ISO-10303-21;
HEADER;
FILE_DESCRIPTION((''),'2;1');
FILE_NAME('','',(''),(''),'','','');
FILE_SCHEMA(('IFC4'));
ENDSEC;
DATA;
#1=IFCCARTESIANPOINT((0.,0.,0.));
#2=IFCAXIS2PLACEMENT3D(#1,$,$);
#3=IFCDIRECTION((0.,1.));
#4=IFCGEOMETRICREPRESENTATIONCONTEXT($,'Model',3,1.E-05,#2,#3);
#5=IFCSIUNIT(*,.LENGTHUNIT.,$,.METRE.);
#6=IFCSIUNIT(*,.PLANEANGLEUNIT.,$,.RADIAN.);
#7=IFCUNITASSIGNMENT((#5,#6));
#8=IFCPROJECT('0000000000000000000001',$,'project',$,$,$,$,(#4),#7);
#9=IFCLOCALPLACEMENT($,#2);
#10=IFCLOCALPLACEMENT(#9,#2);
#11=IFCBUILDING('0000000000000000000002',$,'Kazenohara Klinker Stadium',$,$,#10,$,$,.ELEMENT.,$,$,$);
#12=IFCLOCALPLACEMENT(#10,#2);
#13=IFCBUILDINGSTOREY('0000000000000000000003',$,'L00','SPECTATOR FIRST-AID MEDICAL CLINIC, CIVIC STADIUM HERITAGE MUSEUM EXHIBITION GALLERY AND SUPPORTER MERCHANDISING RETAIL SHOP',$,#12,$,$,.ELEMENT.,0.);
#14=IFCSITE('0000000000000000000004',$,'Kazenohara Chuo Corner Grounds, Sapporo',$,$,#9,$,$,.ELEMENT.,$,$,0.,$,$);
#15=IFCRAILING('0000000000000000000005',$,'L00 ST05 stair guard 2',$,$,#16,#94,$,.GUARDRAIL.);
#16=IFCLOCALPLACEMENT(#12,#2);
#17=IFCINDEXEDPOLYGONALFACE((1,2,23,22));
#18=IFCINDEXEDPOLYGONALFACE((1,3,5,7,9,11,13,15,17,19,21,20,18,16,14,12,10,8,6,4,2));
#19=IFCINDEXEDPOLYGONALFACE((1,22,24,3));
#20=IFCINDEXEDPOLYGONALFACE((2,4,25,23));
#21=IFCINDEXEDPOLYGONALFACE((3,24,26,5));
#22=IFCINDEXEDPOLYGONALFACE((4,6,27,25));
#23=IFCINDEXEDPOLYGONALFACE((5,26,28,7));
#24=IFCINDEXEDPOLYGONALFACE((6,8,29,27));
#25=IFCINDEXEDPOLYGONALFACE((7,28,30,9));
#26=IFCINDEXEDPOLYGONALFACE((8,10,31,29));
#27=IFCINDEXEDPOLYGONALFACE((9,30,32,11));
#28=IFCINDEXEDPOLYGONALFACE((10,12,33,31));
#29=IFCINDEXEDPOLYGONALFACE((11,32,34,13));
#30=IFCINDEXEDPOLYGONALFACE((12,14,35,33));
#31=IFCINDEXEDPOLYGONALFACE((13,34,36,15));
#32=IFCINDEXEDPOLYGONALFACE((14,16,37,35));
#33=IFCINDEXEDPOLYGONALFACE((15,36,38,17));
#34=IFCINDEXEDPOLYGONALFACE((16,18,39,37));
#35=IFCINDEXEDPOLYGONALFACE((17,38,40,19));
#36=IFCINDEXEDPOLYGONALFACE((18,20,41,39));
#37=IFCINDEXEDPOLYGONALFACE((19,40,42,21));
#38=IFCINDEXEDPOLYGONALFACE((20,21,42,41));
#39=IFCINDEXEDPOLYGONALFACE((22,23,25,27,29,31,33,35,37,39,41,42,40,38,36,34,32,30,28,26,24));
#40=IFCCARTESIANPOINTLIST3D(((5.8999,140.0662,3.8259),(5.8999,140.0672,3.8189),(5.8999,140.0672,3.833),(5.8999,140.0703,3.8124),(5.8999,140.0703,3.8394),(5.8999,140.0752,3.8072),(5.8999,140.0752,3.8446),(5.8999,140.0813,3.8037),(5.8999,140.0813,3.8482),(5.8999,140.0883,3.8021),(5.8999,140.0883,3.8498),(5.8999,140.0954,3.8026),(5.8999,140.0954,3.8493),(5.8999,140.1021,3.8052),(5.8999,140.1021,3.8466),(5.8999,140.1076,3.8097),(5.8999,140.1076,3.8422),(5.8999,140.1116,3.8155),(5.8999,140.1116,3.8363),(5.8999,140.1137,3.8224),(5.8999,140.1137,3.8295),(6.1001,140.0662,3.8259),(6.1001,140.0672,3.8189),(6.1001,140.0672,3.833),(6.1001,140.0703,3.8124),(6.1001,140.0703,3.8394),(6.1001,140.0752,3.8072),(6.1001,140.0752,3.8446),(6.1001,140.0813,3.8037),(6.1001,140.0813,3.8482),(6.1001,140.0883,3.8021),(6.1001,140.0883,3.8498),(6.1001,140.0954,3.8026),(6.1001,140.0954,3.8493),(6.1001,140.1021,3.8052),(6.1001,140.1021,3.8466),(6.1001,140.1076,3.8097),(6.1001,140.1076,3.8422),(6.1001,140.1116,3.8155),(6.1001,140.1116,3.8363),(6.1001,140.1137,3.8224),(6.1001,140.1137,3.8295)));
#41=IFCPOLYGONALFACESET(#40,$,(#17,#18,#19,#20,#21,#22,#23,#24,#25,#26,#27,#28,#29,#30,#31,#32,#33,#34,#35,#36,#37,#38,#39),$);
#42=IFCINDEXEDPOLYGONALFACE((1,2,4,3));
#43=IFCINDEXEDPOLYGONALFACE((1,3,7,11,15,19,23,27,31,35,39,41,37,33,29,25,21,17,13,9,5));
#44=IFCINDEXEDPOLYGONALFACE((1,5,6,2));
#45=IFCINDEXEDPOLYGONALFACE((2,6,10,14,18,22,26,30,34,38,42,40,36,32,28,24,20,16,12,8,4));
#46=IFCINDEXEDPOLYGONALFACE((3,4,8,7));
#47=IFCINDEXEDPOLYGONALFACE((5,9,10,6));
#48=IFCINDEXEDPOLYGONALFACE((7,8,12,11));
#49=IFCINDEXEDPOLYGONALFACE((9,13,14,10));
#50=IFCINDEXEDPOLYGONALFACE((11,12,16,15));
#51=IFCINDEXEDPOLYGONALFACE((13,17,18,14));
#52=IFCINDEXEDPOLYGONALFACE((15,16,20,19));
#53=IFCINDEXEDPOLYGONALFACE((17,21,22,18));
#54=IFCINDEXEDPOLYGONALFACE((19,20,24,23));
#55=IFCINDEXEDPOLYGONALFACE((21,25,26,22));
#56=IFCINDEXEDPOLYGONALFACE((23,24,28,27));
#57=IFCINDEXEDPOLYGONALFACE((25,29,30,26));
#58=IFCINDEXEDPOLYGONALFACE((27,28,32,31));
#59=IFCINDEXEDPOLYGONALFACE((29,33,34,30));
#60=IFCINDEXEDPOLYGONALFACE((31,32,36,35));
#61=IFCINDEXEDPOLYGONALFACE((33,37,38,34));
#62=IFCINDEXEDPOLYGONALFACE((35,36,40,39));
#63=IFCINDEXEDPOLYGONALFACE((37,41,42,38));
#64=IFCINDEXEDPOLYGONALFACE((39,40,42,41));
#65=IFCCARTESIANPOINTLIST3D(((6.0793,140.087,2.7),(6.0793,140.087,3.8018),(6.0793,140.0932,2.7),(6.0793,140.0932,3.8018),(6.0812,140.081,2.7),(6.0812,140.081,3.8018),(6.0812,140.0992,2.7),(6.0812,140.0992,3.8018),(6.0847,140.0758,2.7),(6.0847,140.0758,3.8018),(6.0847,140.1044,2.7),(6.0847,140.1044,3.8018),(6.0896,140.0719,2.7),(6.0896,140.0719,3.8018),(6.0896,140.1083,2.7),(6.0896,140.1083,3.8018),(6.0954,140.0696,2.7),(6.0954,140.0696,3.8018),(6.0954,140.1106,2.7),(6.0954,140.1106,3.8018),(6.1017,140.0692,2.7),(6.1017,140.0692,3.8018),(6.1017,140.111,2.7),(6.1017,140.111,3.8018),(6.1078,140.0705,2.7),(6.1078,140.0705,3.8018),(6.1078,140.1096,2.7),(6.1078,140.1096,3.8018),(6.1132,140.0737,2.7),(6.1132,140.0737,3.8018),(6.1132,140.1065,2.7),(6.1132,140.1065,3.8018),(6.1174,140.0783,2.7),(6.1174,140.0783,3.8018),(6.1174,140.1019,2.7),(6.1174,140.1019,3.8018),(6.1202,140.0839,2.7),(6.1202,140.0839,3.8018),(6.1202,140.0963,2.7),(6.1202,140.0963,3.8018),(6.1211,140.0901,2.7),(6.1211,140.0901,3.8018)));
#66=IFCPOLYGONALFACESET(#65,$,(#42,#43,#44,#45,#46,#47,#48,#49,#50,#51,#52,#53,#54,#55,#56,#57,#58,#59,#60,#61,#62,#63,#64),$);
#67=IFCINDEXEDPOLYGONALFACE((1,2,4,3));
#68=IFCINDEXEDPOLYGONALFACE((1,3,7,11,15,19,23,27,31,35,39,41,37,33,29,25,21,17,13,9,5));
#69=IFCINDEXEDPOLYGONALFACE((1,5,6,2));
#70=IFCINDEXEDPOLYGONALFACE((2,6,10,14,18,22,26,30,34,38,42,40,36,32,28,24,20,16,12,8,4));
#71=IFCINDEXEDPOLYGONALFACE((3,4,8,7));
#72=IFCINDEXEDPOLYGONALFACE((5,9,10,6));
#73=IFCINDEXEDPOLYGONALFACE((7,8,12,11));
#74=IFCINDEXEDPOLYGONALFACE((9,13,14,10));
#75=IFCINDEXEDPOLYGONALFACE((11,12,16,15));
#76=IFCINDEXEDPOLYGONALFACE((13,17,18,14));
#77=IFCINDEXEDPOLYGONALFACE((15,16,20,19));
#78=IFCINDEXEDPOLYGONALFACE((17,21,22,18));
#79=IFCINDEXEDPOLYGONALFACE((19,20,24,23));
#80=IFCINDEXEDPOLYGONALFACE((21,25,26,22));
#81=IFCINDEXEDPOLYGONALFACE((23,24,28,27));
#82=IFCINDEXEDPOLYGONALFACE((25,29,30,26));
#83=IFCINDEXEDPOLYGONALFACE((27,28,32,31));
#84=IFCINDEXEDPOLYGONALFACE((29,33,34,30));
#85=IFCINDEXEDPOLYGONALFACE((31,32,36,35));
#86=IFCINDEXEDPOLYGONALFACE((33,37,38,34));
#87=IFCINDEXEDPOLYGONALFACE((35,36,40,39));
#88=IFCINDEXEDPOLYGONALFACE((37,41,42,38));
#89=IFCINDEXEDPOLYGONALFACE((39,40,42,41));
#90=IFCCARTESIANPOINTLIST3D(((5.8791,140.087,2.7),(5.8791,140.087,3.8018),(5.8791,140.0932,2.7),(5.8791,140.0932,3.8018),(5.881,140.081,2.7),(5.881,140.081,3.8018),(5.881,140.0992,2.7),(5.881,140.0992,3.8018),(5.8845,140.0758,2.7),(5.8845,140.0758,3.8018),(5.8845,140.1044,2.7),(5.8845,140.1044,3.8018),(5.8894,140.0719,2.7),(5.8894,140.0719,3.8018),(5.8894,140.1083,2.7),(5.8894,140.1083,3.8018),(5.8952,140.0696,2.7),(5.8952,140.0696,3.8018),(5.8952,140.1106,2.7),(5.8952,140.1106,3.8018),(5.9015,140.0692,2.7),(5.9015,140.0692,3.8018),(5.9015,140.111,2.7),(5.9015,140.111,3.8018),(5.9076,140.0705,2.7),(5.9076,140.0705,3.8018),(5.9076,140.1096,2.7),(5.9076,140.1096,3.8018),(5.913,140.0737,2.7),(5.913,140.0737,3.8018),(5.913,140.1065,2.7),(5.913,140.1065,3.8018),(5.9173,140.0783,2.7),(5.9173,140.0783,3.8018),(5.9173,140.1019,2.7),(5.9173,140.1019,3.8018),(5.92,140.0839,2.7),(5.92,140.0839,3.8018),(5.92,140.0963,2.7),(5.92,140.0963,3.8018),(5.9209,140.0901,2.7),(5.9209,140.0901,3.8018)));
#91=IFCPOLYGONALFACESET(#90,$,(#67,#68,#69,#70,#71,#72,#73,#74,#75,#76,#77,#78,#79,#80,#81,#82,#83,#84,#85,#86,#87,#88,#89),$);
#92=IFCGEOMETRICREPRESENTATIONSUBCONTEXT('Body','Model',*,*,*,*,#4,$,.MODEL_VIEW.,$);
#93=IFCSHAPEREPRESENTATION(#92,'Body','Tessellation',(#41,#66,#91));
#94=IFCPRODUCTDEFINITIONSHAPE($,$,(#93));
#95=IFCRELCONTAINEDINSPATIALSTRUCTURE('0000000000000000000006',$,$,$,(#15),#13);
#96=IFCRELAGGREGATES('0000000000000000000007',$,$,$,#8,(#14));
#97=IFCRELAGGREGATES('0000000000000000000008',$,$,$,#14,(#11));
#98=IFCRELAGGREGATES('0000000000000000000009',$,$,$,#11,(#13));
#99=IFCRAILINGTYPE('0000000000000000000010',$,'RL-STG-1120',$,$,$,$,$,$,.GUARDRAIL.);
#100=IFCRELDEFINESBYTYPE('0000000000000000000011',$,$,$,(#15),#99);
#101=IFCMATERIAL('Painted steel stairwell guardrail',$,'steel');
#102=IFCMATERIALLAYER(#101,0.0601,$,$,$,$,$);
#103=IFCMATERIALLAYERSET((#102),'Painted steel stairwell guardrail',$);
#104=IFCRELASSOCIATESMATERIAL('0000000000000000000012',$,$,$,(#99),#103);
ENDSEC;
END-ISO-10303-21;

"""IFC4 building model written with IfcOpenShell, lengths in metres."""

from ifc_helpers import new_model, si_unit, direction, frame, origin, origin_2d, place, context, subcontext, project, spatial, circle, extrude, material, layer, layer_set, type_object, element, save


model = new_model("IFC4")

# Units and contexts
model_context = context("Model", 3, precision=1e-05, world=origin(), true_north=direction((0.0, 1.0)))
body_context = subcontext(model_context, "Body", "Model", "MODEL_VIEW")
ifc_project = project(units=[si_unit("LENGTHUNIT", "METRE"), si_unit("PLANEANGLEUNIT", "RADIAN")], contexts=[model_context])

# Site, building, storey
site_placement = place(None, origin())
site = spatial("IfcSite", under=ifc_project, at=site_placement, Name="Kazenohara Chuo Corner Grounds, Sapporo", CompositionType="ELEMENT", RefElevation=0.0)
building_placement = place(site_placement, origin())
building = spatial("IfcBuilding", under=site, at=building_placement, Name="Kazenohara Klinker Stadium", CompositionType="ELEMENT")
storey_placement = place(building_placement, origin())
storey = spatial("IfcBuildingStorey", under=building, at=storey_placement, Name="L00", Description="SPECTATOR FIRST-AID MEDICAL CLINIC, CIVIC STADIUM HERITAGE MUSEUM EXHIBITION GALLERY AND SUPPORTER MERCHANDISING RETAIL SHOP", CompositionType="ELEMENT", Elevation=0.0)

# Railing
ifc_material_1 = material(Name="Painted steel stairwell guardrail", Category="steel")
ifc_layer_1 = layer(ifc_material_1, 0.0601)
ifc_layer_set_1 = layer_set([ifc_layer_1], Name="Painted steel stairwell guardrail")
railing_type_1 = type_object("IfcRailingType", Name="RL-STG-1120", PredefinedType="GUARDRAIL", material=ifc_layer_set_1)
railing_1_placement = place(storey_placement, frame((6.1001, 140.0901, 2.7)))
element("IfcRailing", 1, at=railing_1_placement, inside=storey, type_object=railing_type_1, Name="L00 ST05 stair guard 2", PredefinedType="GUARDRAIL", context=body_context, shape_type="SweptSolid", body=[
    extrude(circle(Radius=0.0239, at=origin_2d()), frame((0.0, 0.0, 1.126), z_axis=(-1.0, 0.0, 0.0), x_axis=(0.0, -1.0, 0.0)), (0.0, 0.0, 1.0), 0.2002),
    extrude(circle(Radius=0.021, at=origin_2d()), origin(), (0.0, 0.0, 1.0), 1.1018),
    extrude(circle(Radius=0.021, at=origin_2d()), frame((-0.2002, 0.0, 0.0)), (0.0, 0.0, 1.0), 1.1018),
])

save(model, "model.ifc")
